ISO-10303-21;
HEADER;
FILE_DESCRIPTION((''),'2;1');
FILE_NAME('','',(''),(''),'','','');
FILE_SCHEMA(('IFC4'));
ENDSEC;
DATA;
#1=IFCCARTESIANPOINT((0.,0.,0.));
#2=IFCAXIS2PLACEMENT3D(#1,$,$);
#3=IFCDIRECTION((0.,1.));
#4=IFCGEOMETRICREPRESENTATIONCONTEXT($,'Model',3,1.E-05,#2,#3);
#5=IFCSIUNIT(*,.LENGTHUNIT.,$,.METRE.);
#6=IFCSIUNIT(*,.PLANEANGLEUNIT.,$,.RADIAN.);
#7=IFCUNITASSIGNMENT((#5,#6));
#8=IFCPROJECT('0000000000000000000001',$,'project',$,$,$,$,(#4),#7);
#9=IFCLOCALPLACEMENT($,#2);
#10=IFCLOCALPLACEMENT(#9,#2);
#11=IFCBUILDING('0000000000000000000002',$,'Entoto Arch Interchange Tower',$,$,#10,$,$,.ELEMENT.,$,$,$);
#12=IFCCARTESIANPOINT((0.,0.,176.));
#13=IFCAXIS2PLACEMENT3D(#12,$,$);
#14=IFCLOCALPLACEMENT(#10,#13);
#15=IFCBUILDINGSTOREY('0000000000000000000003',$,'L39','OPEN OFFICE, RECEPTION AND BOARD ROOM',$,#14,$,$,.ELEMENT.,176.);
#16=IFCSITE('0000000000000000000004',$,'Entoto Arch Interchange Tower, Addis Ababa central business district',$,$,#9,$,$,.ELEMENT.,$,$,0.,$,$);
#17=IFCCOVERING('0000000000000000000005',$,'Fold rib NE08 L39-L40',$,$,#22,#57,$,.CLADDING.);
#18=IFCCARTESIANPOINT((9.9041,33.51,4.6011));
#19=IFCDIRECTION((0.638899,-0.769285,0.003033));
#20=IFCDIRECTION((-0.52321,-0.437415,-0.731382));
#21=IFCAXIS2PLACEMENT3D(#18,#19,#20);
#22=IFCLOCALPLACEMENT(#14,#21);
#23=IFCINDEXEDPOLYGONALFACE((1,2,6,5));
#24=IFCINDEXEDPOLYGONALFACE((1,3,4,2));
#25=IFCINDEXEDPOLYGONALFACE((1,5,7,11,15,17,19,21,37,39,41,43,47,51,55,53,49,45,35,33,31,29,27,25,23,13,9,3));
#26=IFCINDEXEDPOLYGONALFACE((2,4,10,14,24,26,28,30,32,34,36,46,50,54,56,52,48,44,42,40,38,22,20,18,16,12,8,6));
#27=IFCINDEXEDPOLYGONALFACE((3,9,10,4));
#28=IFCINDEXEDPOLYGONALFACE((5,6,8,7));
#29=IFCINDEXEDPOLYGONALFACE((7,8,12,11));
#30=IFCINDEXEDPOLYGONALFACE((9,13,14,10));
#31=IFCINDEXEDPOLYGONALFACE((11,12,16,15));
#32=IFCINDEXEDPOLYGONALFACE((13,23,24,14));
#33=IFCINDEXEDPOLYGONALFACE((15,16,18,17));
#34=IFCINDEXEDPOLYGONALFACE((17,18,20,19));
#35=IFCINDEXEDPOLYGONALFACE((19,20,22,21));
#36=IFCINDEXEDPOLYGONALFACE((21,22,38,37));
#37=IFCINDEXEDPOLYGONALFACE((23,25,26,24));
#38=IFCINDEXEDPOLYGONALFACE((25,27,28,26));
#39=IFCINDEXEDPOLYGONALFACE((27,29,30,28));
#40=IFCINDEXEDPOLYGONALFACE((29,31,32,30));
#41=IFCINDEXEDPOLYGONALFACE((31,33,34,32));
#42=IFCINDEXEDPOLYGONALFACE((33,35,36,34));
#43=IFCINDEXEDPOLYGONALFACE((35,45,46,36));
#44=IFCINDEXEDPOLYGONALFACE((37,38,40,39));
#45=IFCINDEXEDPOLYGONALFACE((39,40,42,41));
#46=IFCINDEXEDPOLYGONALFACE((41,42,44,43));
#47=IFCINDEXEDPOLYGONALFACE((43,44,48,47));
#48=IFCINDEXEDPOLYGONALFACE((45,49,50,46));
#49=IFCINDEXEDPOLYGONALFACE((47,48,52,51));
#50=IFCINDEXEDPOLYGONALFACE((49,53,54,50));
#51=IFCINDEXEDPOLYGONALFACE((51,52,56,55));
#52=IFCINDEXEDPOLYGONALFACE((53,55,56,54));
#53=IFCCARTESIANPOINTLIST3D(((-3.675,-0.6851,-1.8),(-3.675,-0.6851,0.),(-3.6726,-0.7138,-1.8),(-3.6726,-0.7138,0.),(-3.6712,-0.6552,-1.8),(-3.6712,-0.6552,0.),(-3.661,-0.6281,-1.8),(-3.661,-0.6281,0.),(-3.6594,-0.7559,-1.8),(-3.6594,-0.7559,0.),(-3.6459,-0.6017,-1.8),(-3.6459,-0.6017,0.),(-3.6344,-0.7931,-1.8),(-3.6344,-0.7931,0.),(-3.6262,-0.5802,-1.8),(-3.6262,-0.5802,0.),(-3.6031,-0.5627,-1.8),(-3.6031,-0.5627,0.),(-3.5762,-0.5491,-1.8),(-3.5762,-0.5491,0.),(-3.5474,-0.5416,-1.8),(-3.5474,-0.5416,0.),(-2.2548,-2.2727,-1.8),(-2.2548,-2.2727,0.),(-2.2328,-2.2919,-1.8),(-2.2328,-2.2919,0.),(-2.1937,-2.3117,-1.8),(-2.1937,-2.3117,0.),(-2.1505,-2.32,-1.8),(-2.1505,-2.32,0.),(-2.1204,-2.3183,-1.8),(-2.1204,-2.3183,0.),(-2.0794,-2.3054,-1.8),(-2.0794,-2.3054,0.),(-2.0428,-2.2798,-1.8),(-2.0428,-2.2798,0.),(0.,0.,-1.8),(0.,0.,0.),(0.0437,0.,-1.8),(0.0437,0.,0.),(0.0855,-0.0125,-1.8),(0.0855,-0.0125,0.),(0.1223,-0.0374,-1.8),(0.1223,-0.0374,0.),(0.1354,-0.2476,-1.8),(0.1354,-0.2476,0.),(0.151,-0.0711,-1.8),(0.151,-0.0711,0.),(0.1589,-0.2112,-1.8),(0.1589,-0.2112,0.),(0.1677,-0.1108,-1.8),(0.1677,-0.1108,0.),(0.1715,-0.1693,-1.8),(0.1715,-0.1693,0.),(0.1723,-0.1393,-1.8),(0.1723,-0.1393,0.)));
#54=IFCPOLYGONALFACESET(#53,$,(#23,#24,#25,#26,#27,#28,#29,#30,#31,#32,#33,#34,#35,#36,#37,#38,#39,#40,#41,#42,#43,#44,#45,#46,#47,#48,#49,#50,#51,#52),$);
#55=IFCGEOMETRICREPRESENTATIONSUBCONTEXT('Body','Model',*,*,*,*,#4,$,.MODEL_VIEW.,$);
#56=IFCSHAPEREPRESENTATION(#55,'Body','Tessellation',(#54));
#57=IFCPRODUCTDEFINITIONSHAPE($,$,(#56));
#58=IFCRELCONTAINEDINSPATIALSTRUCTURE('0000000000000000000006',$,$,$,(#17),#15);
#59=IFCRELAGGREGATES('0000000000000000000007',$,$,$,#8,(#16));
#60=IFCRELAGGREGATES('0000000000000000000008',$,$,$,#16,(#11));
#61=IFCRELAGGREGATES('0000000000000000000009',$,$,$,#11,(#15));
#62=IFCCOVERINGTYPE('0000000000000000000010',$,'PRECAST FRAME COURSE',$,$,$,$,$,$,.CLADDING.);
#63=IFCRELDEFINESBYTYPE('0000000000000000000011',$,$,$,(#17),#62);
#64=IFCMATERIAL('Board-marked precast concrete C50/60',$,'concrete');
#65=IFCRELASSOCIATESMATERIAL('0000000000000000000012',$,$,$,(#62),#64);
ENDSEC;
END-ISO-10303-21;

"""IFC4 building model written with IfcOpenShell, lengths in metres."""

from ifc_helpers import new_model, si_unit, direction, frame, origin, place, context, subcontext, project, spatial, polyline, outline, extrude, material, type_object, element, save


model = new_model("IFC4")

# Units and contexts
model_context = context("Model", 3, precision=1e-05, world=origin(), true_north=direction((0.0, 1.0)))
body_context = subcontext(model_context, "Body", "Model", "MODEL_VIEW")
ifc_project = project(units=[si_unit("LENGTHUNIT", "METRE"), si_unit("PLANEANGLEUNIT", "RADIAN")], contexts=[model_context])

# Site, building, storey
site_placement = place(None, origin())
site = spatial("IfcSite", under=ifc_project, at=site_placement, Name="Entoto Arch Interchange Tower, Addis Ababa central business district", CompositionType="ELEMENT", RefElevation=0.0)
building_placement = place(site_placement, origin())
building = spatial("IfcBuilding", under=site, at=building_placement, Name="Entoto Arch Interchange Tower", CompositionType="ELEMENT")
storey_placement = place(building_placement, frame((0.0, 0.0, 176.0)))
storey = spatial("IfcBuildingStorey", under=building, at=storey_placement, Name="L39", Description="OPEN OFFICE, RECEPTION AND BOARD ROOM", CompositionType="ELEMENT", Elevation=176.0)

# Covering
ifc_material_1 = material(Name="Board-marked precast concrete C50/60", Category="concrete")
covering_type = type_object("IfcCoveringType", Name="PRECAST FRAME COURSE", PredefinedType="CLADDING", material=ifc_material_1)
covering_1_placement = place(storey_placement, frame((9.9041, 33.51, 4.6011), z_axis=(0.638899, -0.769285, 0.003033), x_axis=(-0.52321, -0.437415, -0.731382)))
element("IfcCovering", 1, at=covering_1_placement, inside=storey, type_object=covering_type, Name="Fold rib NE08 L39-L40", PredefinedType="CLADDING", context=body_context, shape_type="SweptSolid", body=[
    extrude(outline(polyline([(0.0, 0.0), (0.0437, 0.0), (0.0855, -0.0125), (0.1223, -0.0374), (0.151, -0.0711), (0.1677, -0.1108), (0.1723, -0.1393), (0.1715, -0.1693), (0.1589, -0.2112), (0.1354, -0.2476), (-2.0428, -2.2798), (-2.0794, -2.3054), (-2.1204, -2.3183), (-2.1505, -2.32), (-2.1937, -2.3117), (-2.2328, -2.2919), (-2.2548, -2.2727), (-3.6344, -0.7931), (-3.6594, -0.7559), (-3.6726, -0.7138), (-3.675, -0.6851), (-3.6712, -0.6552), (-3.661, -0.6281), (-3.6459, -0.6017), (-3.6262, -0.5802), (-3.6031, -0.5627), (-3.5762, -0.5491), (-3.5474, -0.5416), (0.0, 0.0)])), origin(), (0.0, 0.0, -1.0), 1.8),
])

save(model, "model.ifc")
